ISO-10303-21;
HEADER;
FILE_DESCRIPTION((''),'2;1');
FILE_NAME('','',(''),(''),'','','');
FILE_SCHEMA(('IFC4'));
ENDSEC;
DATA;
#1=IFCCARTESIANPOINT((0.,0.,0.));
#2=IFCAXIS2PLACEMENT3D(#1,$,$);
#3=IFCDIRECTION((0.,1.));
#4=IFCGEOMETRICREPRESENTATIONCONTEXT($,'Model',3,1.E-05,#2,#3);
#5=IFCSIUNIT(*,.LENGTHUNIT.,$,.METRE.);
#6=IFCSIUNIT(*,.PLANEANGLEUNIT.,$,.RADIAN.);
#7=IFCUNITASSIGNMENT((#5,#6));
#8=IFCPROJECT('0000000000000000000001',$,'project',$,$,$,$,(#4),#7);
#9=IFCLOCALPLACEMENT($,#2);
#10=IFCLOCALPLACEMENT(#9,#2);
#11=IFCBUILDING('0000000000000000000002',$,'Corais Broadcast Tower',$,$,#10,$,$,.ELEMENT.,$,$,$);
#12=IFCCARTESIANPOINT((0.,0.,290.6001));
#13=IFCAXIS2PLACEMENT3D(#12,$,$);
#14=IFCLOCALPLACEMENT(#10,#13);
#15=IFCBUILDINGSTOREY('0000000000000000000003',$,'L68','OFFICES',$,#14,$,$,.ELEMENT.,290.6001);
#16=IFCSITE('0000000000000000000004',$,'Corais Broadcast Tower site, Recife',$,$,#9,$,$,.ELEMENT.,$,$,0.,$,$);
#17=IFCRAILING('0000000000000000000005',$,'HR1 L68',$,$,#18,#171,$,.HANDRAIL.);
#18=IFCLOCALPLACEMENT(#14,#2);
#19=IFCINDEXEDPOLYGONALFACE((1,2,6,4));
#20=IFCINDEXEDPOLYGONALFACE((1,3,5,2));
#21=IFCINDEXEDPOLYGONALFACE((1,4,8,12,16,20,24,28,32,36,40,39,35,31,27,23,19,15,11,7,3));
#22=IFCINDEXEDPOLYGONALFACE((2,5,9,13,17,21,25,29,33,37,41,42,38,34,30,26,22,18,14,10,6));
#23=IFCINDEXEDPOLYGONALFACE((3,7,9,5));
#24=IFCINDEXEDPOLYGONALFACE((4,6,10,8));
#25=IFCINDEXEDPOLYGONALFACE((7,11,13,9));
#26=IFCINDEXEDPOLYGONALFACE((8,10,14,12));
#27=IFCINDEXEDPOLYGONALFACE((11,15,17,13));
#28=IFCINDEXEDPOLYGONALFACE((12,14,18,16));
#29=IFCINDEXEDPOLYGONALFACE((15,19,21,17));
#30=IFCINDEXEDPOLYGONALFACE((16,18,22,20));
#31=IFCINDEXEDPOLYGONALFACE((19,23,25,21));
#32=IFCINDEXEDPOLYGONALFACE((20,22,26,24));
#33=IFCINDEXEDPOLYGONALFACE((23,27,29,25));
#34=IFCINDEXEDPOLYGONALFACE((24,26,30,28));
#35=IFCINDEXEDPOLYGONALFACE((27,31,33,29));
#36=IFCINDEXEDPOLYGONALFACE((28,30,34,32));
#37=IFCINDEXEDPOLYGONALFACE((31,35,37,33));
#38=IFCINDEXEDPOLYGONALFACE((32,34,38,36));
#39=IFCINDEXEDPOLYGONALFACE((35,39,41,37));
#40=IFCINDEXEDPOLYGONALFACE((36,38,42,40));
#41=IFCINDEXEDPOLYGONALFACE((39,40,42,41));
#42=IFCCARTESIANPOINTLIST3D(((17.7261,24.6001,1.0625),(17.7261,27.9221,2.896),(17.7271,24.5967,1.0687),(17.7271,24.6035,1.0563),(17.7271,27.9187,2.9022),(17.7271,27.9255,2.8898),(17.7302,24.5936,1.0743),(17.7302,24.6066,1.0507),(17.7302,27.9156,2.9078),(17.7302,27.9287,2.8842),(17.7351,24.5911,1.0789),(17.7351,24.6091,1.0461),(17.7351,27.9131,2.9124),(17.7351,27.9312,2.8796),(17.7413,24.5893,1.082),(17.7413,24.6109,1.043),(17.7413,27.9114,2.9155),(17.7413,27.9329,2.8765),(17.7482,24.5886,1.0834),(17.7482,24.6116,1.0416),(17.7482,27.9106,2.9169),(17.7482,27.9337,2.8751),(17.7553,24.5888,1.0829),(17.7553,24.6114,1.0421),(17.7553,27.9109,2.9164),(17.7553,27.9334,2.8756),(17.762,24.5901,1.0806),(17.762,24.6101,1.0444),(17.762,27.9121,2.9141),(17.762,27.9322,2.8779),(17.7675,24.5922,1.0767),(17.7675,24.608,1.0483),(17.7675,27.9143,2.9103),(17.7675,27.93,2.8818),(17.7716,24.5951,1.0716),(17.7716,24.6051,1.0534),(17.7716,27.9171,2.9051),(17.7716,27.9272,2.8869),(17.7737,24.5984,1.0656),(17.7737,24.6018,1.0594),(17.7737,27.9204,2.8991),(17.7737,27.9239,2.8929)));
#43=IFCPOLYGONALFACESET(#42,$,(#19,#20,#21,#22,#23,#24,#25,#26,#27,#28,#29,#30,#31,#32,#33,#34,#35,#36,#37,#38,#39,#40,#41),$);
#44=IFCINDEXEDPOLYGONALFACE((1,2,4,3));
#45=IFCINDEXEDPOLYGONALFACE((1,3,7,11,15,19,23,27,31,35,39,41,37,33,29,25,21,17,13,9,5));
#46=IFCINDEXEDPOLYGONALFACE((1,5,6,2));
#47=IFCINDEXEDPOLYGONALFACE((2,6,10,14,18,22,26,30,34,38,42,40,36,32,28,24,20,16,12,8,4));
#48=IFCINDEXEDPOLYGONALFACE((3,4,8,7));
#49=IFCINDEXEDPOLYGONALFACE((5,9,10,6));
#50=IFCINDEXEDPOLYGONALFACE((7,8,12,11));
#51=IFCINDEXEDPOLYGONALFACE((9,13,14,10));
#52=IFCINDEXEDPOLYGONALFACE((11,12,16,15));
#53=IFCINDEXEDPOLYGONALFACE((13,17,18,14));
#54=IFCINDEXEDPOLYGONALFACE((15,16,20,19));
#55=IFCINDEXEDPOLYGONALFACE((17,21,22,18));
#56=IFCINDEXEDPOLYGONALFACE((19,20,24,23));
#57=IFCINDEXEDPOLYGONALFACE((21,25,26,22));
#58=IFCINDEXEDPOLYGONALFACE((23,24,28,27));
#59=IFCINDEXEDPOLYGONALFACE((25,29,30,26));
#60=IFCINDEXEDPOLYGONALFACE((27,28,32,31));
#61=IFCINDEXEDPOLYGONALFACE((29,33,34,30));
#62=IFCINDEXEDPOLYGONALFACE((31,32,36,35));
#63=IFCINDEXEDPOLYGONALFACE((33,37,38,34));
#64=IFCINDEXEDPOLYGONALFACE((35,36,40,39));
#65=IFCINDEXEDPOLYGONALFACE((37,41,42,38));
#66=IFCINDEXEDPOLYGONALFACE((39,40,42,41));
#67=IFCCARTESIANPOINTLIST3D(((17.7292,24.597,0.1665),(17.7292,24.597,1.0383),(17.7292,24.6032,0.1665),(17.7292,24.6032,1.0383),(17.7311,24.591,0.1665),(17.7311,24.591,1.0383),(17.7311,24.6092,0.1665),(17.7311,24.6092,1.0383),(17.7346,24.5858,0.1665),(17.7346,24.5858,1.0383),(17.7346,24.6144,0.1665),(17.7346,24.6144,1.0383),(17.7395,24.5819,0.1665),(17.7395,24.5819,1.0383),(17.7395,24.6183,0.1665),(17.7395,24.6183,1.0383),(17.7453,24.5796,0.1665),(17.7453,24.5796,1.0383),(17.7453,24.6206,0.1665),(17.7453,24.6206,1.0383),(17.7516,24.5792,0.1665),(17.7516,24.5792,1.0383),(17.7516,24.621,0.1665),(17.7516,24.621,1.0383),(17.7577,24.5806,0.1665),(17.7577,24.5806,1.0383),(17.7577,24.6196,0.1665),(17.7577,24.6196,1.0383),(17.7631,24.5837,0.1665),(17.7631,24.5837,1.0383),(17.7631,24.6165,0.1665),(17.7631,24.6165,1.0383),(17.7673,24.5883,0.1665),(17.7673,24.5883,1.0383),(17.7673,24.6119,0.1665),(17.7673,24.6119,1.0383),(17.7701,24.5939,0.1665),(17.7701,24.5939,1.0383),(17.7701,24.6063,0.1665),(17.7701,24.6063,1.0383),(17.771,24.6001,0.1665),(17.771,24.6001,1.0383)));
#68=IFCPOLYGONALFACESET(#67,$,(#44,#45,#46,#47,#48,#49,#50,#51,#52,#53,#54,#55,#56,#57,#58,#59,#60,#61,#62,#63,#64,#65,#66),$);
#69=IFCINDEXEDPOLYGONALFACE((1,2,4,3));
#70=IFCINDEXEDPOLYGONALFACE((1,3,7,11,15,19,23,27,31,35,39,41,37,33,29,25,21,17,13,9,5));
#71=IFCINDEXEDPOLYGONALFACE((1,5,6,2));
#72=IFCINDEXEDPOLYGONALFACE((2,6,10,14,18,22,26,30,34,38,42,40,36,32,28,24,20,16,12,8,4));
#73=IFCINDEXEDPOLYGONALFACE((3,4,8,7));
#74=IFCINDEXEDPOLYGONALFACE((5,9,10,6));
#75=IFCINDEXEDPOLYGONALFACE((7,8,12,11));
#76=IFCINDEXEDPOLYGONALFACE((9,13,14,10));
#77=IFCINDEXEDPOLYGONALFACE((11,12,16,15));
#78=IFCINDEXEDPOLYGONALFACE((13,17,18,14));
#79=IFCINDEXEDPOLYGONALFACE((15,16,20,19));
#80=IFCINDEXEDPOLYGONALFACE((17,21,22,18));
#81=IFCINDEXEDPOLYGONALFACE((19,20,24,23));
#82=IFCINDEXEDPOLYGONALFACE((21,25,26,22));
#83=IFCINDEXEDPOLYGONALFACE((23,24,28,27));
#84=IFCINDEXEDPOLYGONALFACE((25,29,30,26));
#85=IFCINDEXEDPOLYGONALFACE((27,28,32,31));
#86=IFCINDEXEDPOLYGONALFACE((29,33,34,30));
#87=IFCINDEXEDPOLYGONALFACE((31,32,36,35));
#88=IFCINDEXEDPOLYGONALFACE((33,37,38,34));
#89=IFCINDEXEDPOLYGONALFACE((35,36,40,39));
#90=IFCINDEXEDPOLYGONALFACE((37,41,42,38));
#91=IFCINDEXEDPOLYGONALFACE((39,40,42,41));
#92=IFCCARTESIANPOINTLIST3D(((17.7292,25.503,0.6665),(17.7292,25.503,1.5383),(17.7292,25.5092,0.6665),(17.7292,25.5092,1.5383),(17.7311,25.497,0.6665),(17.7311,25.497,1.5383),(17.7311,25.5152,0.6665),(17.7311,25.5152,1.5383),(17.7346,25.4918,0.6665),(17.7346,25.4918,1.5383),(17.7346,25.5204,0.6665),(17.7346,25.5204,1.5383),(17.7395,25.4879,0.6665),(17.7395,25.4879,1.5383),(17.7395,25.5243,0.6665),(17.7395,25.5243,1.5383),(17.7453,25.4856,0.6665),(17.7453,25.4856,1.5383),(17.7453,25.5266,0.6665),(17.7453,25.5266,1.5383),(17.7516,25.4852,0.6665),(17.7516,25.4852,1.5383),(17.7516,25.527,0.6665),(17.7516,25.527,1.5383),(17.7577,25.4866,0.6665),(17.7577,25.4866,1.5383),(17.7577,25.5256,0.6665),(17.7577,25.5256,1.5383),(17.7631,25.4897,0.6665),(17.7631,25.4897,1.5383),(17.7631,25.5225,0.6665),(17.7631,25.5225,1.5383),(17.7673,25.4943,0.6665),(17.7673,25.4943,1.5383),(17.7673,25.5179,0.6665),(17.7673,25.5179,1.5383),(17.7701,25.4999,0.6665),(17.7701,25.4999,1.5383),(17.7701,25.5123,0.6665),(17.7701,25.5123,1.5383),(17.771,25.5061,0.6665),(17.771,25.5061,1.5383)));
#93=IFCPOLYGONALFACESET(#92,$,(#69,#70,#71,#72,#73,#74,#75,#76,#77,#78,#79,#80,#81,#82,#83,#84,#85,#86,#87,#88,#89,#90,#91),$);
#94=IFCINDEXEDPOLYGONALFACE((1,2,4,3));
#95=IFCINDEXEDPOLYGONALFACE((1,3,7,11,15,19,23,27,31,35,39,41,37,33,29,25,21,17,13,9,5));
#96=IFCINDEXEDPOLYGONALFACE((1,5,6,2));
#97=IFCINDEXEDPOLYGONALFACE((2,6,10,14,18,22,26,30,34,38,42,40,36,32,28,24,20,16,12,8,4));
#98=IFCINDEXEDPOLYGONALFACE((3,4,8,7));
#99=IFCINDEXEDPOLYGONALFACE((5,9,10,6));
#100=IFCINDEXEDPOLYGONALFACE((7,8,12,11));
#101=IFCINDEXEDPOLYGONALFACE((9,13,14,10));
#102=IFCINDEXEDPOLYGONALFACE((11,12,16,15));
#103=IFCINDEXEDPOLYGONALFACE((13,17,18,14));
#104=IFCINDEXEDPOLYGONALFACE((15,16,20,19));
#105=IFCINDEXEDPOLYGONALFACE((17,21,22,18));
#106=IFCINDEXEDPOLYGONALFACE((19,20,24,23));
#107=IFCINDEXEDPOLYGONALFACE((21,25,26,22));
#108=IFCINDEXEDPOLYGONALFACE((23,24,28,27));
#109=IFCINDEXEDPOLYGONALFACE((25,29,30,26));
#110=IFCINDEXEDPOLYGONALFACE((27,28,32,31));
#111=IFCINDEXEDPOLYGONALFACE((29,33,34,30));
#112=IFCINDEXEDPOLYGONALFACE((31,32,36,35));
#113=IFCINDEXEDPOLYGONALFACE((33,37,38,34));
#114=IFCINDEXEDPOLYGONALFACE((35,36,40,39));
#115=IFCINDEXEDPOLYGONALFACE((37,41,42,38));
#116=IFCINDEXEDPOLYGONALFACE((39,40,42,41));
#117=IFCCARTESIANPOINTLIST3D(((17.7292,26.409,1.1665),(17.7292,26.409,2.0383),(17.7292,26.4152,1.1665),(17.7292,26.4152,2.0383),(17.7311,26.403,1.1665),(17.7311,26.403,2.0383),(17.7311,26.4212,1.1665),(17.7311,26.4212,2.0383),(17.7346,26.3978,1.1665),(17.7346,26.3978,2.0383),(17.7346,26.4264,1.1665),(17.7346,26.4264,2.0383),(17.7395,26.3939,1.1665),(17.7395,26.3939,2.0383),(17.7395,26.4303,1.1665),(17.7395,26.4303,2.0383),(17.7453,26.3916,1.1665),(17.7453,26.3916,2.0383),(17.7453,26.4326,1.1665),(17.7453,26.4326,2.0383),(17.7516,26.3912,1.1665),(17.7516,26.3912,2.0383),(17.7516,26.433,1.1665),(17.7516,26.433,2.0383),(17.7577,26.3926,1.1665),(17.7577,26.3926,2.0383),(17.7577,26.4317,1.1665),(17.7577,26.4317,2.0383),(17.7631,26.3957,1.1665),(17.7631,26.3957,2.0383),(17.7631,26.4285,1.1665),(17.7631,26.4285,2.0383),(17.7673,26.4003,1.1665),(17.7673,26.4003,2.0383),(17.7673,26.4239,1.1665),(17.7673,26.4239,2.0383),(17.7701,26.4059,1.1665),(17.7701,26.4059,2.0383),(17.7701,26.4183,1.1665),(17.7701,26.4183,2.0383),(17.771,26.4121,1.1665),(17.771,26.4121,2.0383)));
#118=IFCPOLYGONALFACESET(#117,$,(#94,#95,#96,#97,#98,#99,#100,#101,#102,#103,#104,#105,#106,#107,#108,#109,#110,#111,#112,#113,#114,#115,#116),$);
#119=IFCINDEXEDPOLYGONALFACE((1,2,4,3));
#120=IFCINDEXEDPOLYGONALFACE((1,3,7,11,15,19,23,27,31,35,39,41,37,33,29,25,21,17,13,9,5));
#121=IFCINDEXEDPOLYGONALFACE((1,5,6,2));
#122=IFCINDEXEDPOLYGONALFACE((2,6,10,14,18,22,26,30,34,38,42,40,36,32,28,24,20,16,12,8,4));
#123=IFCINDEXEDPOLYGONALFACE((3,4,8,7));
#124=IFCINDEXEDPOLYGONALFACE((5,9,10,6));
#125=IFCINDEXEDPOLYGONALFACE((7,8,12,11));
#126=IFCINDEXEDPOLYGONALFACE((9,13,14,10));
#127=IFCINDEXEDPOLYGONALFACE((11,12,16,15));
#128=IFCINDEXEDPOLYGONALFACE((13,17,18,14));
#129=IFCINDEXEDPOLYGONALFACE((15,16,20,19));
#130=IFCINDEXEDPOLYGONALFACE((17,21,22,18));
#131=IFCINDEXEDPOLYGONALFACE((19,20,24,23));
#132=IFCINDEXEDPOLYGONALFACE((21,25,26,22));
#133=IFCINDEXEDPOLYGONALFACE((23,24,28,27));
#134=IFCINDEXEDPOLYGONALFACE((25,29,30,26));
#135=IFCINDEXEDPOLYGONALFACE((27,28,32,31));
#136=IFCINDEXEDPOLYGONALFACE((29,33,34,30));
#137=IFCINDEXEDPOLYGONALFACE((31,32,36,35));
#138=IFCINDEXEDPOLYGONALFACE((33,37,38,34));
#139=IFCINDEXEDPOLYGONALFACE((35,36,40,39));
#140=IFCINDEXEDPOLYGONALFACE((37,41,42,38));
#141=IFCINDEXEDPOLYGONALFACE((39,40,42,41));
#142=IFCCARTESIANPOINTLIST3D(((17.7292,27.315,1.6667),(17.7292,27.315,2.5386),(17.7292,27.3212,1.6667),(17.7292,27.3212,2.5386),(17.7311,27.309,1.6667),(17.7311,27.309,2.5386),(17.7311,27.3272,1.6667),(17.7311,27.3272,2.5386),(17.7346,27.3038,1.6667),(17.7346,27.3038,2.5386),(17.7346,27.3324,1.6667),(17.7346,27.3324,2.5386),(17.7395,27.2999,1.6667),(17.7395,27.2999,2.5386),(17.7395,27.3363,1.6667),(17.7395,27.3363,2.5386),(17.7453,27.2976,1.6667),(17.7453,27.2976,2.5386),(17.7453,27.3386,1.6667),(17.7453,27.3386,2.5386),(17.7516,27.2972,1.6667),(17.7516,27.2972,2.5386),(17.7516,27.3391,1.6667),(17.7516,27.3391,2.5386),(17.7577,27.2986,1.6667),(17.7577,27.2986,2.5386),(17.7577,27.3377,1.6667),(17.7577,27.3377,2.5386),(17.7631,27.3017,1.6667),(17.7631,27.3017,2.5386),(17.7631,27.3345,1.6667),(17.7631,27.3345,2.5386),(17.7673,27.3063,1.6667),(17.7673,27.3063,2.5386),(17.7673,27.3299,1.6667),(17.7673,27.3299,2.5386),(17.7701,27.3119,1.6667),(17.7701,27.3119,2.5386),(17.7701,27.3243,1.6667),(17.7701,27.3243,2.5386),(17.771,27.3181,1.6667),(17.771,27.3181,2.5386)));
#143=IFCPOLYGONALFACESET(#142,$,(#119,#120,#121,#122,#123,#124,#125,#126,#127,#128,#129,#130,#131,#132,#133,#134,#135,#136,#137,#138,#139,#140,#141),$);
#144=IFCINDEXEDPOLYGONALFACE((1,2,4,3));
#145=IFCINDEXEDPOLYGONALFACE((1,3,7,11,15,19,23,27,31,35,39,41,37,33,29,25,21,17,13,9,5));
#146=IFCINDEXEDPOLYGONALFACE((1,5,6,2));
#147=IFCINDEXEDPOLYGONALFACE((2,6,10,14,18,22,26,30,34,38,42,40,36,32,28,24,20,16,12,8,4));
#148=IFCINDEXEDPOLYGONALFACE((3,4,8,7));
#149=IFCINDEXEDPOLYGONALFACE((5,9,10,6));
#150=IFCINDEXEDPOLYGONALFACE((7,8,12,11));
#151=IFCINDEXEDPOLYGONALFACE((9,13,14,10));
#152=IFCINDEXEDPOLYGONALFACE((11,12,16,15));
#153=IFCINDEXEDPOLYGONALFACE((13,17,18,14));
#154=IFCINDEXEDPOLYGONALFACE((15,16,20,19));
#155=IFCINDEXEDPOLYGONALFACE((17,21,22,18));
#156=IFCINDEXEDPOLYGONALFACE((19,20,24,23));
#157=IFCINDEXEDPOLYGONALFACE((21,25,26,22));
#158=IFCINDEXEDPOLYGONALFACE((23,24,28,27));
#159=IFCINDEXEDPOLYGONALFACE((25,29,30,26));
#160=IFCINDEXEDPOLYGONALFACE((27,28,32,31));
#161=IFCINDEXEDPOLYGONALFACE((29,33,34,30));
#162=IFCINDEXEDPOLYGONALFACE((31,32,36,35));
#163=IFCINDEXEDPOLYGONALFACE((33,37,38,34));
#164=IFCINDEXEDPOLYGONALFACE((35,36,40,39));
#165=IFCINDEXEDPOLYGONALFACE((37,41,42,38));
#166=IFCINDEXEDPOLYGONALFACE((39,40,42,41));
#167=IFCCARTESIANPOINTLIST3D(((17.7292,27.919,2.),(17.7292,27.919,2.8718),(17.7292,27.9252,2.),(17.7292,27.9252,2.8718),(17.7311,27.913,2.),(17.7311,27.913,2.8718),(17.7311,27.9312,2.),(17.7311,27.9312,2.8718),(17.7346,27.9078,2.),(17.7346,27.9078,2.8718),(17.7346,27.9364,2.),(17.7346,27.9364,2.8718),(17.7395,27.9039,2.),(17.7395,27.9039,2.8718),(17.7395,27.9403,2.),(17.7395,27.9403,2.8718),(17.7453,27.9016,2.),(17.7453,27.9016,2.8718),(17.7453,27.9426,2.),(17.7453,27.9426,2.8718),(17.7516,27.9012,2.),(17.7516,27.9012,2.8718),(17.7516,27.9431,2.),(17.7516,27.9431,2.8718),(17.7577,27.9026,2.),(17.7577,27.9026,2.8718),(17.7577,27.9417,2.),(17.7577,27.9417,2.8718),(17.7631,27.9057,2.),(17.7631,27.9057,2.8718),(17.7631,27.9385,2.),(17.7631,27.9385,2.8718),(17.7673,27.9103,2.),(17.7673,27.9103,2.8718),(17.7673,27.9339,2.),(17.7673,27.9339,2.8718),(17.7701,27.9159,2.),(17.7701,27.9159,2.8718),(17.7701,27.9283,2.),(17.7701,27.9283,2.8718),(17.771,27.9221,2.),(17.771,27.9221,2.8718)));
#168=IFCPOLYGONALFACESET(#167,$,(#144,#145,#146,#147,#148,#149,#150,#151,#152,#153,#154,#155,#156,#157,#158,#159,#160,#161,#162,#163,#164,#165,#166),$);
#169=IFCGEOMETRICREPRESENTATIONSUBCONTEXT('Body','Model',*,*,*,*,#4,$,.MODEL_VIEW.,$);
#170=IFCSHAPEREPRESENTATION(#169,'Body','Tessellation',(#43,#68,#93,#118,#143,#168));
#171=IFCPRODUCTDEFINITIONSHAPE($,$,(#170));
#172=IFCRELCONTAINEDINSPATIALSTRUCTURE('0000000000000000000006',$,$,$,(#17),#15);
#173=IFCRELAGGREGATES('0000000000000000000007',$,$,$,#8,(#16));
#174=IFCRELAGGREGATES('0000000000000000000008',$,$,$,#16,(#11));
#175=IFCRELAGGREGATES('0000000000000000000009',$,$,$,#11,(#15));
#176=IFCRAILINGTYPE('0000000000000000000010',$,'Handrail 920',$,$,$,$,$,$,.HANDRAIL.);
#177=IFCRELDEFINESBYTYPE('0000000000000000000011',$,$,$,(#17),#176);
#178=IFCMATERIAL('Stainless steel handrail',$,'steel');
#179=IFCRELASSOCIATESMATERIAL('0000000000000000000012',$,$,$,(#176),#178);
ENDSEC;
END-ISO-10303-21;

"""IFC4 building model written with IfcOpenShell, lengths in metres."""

from ifc_helpers import new_model, si_unit, direction, frame, origin, origin_2d, place, context, subcontext, project, spatial, circle, extrude, material, type_object, element, save


model = new_model("IFC4")

# Units and contexts
model_context = context("Model", 3, precision=1e-05, world=origin(), true_north=direction((0.0, 1.0)))
body_context = subcontext(model_context, "Body", "Model", "MODEL_VIEW")
ifc_project = project(units=[si_unit("LENGTHUNIT", "METRE"), si_unit("PLANEANGLEUNIT", "RADIAN")], contexts=[model_context])

# Site, building, storey
site_placement = place(None, origin())
site = spatial("IfcSite", under=ifc_project, at=site_placement, Name="Corais Broadcast Tower site, Recife", CompositionType="ELEMENT", RefElevation=0.0)
building_placement = place(site_placement, origin())
building = spatial("IfcBuilding", under=site, at=building_placement, Name="Corais Broadcast Tower", CompositionType="ELEMENT")
storey_placement = place(building_placement, frame((0.0, 0.0, 290.6001)))
storey = spatial("IfcBuildingStorey", under=building, at=storey_placement, Name="L68", Description="OFFICES", CompositionType="ELEMENT", Elevation=290.6001)

# Railing
ifc_material_1 = material(Name="Stainless steel handrail", Category="steel")
railing_type = type_object("IfcRailingType", Name="Handrail 920", PredefinedType="HANDRAIL", material=ifc_material_1)
railing_1_placement = place(storey_placement, frame((17.75, 24.6001, 0.1665)))
element("IfcRailing", 1, at=railing_1_placement, inside=storey, type_object=railing_type, Name="HR1 L68", PredefinedType="HANDRAIL", context=body_context, shape_type="SweptSolid", body=[
    extrude(circle(Radius=0.0239, at=origin_2d()), frame((0.0, 0.0, 0.896), z_axis=(0.0, 0.875504, 0.48321), x_axis=(-1.0, 0.0, 0.0)), (0.0, 0.0, 1.0), 3.7944),
    extrude(circle(Radius=0.021, at=origin_2d()), origin(), (0.0, 0.0, 1.0), 0.8718),
    extrude(circle(Radius=0.021, at=origin_2d()), frame((0.0, 0.906, 0.5)), (0.0, 0.0, 1.0), 0.8718),
    extrude(circle(Radius=0.021, at=origin_2d()), frame((0.0, 1.812, 1.0)), (0.0, 0.0, 1.0), 0.8718),
    extrude(circle(Radius=0.021, at=origin_2d()), frame((0.0, 2.718, 1.5002)), (0.0, 0.0, 1.0), 0.8718),
    extrude(circle(Radius=0.021, at=origin_2d()), frame((0.0, 3.322, 1.8335)), (0.0, 0.0, 1.0), 0.8718),
])

save(model, "model.ifc")
